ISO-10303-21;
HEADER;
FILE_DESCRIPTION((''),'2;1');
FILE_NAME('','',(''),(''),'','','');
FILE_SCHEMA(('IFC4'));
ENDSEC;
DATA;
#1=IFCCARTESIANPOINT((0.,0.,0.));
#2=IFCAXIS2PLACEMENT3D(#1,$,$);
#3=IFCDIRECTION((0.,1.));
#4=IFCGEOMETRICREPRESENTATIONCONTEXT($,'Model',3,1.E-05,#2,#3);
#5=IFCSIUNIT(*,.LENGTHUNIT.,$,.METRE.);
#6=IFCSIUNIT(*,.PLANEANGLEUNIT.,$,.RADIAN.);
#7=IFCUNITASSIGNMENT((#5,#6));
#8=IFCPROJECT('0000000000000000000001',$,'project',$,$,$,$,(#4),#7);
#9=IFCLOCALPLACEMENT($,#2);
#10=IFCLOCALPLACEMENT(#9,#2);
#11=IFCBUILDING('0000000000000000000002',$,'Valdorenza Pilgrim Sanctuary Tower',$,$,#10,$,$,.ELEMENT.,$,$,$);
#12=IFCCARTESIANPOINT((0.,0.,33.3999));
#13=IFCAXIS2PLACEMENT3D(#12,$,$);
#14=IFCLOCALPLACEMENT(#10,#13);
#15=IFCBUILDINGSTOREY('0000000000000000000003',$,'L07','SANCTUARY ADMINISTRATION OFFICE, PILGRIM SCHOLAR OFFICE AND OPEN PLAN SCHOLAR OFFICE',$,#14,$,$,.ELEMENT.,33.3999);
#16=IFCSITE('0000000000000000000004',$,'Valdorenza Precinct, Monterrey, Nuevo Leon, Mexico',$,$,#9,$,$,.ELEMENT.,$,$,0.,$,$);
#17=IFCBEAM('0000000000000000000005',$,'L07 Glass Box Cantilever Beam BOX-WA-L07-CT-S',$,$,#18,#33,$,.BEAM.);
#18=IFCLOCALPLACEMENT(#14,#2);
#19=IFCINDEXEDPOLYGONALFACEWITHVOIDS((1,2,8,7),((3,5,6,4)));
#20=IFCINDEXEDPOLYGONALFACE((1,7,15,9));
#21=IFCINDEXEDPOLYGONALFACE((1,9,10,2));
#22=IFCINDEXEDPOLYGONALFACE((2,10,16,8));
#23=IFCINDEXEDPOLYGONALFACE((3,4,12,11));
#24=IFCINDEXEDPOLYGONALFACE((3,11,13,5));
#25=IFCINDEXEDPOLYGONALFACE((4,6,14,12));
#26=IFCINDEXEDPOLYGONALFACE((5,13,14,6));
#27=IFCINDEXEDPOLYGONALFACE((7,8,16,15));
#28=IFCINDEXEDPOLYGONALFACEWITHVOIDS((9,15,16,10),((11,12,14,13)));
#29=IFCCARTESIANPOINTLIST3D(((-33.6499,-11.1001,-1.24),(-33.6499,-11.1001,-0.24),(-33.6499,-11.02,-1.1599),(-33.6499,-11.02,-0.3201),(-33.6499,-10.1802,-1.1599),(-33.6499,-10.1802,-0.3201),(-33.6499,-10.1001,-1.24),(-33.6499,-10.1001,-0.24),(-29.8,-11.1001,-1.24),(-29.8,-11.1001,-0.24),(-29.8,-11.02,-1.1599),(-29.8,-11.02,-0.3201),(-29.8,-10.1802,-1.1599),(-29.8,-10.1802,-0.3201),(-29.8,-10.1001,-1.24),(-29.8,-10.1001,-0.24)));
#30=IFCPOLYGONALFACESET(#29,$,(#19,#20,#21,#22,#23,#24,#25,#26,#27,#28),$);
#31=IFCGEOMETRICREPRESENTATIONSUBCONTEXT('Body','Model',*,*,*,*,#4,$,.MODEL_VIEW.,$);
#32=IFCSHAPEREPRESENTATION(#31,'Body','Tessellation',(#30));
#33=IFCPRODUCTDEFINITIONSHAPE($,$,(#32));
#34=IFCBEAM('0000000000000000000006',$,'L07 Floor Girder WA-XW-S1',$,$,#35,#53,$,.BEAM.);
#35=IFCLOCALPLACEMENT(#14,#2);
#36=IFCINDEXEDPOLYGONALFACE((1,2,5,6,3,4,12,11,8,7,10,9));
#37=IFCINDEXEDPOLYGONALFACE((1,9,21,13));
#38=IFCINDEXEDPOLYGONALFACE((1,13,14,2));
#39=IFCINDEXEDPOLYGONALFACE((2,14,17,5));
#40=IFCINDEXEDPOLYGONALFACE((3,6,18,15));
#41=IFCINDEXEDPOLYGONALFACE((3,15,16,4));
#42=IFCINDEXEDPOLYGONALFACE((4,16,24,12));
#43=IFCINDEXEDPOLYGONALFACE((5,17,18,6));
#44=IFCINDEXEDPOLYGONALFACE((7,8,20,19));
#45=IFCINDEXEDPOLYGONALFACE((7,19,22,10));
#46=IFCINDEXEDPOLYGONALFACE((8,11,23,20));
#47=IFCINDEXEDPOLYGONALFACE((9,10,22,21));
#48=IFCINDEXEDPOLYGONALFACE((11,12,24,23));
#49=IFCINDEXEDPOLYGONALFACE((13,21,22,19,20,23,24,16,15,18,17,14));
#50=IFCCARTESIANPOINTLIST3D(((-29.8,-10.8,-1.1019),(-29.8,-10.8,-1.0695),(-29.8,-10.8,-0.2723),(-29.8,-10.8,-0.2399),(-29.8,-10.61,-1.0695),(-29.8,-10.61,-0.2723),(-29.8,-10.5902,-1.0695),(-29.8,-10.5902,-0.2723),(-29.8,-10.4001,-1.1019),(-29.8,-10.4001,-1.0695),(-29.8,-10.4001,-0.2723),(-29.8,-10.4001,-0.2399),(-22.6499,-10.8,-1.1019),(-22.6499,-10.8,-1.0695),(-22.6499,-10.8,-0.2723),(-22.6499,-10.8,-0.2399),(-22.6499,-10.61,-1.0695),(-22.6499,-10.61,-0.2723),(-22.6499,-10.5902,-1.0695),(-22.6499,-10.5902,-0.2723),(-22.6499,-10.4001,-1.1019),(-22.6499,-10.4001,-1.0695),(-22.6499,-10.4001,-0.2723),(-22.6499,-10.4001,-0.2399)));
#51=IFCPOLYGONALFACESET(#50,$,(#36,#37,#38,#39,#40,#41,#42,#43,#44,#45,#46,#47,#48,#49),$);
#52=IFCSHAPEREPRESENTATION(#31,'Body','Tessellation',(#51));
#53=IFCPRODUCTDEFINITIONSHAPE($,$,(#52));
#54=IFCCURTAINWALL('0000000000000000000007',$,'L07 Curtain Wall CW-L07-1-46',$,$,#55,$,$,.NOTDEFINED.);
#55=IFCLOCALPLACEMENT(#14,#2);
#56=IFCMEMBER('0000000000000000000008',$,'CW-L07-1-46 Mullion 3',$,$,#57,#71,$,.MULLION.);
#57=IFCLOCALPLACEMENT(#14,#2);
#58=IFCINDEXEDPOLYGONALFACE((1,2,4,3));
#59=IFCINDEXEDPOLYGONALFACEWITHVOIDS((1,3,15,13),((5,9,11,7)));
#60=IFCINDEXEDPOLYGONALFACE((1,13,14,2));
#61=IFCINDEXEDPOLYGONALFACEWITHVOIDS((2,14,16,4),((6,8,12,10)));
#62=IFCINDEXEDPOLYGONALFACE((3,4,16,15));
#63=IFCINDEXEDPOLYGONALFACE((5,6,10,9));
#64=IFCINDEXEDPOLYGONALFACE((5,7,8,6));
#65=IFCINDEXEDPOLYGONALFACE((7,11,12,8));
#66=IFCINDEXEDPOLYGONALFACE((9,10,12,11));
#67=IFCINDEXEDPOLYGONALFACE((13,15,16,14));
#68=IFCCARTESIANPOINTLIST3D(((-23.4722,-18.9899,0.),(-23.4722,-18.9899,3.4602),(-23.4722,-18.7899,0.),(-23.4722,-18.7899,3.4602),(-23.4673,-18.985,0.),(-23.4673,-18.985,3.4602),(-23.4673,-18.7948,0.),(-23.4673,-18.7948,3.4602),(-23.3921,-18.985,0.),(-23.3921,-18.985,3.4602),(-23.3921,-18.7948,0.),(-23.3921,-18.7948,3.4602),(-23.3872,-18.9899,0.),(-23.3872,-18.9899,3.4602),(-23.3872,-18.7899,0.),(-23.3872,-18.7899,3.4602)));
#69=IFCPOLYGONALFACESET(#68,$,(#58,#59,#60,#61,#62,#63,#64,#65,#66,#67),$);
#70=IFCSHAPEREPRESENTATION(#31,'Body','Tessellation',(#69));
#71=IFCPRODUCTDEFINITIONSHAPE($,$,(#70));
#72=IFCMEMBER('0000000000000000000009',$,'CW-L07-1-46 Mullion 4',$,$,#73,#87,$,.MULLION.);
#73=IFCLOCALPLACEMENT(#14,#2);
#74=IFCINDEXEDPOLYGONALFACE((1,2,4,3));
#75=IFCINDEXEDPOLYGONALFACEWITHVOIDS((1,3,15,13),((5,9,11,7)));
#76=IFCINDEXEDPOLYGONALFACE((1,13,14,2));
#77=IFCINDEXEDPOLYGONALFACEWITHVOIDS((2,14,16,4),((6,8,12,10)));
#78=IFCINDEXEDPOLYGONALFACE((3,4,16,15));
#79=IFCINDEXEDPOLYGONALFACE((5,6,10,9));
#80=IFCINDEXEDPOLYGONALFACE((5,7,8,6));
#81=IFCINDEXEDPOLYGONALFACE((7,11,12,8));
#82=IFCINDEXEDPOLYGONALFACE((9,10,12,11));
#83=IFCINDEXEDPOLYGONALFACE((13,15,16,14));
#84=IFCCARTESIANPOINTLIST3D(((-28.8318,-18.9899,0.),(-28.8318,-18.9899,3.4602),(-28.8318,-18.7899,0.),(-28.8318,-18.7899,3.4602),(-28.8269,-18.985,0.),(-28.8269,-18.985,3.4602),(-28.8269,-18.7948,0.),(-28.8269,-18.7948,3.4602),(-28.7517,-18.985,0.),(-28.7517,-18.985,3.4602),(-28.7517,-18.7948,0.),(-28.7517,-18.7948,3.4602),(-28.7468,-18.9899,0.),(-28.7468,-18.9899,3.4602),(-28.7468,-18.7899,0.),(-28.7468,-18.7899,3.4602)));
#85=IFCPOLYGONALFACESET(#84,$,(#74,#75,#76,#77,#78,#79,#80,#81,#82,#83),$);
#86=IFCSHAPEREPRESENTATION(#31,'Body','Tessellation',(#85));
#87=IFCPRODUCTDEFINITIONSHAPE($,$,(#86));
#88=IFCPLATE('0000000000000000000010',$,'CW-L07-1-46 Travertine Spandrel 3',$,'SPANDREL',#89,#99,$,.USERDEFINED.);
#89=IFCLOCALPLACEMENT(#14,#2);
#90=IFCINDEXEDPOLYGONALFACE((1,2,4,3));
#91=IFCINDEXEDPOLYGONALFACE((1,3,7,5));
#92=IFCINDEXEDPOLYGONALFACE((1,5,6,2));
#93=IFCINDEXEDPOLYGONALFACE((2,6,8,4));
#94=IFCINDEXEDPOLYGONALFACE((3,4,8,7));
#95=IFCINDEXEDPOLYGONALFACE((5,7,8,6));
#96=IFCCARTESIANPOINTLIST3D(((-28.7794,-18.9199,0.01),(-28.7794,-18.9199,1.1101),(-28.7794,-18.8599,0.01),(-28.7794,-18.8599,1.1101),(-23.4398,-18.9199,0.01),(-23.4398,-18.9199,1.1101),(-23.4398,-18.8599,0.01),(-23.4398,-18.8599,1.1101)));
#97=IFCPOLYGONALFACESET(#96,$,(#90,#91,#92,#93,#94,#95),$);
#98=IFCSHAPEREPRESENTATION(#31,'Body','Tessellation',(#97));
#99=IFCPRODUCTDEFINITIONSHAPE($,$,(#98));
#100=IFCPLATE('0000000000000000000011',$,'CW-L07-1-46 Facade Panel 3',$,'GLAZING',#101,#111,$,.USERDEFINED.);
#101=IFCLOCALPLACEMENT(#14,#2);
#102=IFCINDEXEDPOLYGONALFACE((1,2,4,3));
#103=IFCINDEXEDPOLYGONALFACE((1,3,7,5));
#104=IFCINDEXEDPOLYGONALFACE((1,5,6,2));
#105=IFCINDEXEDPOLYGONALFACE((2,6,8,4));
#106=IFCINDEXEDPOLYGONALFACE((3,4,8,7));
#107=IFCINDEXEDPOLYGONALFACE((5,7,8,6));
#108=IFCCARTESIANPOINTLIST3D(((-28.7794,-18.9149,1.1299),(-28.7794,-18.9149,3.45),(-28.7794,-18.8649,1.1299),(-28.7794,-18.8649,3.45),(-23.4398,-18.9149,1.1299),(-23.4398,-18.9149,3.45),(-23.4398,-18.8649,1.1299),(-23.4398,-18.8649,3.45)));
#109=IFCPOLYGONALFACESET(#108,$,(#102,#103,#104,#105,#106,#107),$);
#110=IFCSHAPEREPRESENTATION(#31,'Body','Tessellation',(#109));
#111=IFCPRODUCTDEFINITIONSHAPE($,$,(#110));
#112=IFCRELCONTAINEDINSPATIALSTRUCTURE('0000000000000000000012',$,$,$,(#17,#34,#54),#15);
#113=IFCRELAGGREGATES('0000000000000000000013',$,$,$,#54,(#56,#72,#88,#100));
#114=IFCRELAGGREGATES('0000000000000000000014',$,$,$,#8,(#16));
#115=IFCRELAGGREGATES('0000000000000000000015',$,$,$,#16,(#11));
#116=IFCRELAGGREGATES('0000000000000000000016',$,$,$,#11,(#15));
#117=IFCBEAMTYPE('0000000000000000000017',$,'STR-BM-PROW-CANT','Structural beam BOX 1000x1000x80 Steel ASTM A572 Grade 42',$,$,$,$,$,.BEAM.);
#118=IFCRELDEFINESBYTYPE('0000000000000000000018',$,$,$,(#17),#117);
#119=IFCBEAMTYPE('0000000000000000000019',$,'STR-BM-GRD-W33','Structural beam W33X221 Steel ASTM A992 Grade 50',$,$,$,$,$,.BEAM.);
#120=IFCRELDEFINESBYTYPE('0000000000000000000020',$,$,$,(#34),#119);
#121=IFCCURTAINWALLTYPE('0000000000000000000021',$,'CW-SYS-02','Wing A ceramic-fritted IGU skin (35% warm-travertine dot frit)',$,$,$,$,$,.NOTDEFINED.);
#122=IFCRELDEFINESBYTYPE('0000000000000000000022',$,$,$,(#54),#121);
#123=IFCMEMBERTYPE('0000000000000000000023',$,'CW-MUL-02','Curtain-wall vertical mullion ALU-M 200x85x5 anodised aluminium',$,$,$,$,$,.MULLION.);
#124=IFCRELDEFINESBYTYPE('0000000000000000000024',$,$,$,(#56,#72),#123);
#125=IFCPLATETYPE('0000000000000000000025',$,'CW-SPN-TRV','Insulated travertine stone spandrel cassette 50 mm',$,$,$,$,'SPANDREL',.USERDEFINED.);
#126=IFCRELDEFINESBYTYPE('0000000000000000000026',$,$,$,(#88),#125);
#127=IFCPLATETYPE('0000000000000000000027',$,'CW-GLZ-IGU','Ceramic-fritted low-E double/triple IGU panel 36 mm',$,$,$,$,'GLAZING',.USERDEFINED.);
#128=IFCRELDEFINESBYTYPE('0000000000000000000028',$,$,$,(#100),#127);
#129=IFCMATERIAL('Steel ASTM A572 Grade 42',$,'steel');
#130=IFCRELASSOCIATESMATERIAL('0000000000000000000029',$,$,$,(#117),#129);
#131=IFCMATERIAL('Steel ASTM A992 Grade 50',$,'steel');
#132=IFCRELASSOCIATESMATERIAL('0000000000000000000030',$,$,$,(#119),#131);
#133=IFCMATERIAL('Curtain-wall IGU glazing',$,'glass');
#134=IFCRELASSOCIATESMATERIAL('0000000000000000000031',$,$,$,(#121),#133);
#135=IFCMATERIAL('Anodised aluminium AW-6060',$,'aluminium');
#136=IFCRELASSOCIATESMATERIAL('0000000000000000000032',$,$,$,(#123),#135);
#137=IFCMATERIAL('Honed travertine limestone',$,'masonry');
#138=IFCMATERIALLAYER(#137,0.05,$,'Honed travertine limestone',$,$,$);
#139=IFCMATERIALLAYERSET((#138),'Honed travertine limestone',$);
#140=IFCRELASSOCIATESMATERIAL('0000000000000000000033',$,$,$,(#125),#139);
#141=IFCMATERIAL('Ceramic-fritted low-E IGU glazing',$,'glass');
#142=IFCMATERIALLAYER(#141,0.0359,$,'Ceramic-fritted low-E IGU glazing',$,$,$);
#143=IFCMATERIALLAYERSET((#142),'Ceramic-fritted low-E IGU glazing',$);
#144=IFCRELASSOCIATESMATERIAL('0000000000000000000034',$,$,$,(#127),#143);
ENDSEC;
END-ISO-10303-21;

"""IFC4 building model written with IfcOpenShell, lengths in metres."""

from ifc_helpers import new_model, si_unit, direction, frame, origin, origin_2d, place, context, subcontext, project, spatial, rectangle, hollow_rectangle, i_section, extrude, source, transform, mapped, material, layer, layer_set, material_profile, profile_set, type_object, element, aggregate, save


model = new_model("IFC4")

# Units and contexts
model_context = context("Model", 3, precision=1e-05, world=origin(), true_north=direction((0.0, 1.0)))
body_context = subcontext(model_context, "Body", "Model", "MODEL_VIEW")
ifc_project = project(units=[si_unit("LENGTHUNIT", "METRE"), si_unit("PLANEANGLEUNIT", "RADIAN")], contexts=[model_context])

# Site, building, storey
site_placement = place(None, origin())
site = spatial("IfcSite", under=ifc_project, at=site_placement, Name="Valdorenza Precinct, Monterrey, Nuevo Leon, Mexico", CompositionType="ELEMENT", RefElevation=0.0)
building_placement = place(site_placement, origin())
building = spatial("IfcBuilding", under=site, at=building_placement, Name="Valdorenza Pilgrim Sanctuary Tower", CompositionType="ELEMENT")
storey_placement = place(building_placement, frame((0.0, 0.0, 33.3999)))
storey = spatial("IfcBuildingStorey", under=building, at=storey_placement, Name="L07", Description="SANCTUARY ADMINISTRATION OFFICE, PILGRIM SCHOLAR OFFICE AND OPEN PLAN SCHOLAR OFFICE", CompositionType="ELEMENT", Elevation=33.3999)

# Shared definitions
ifc_material_1 = material(Name="Steel ASTM A992 Grade 50", Category="steel")

# Beams
ifc_material_2 = material(Name="Steel ASTM A572 Grade 42", Category="steel")
ifc_material_profile_1 = material_profile(ifc_material_2, hollow_rectangle(XDim=1.0, YDim=1.0, WallThickness=0.0801, at=origin_2d()), Name="BOX 1000x1000x80")
ifc_profile_set_1 = profile_set([ifc_material_profile_1], Name="Steel ASTM A572 Grade 42")
beam_type_1 = type_object("IfcBeamType", Name="STR-BM-PROW-CANT", Description="Structural beam BOX 1000x1000x80 Steel ASTM A572 Grade 42", PredefinedType="BEAM", material=ifc_profile_set_1)
shared_shape_1 = source(origin(), body_context, "Body", "SweptSolid", [
    extrude(hollow_rectangle(XDim=1.0, YDim=1.0, WallThickness=0.0801, at=origin_2d()), origin(), (0.0, 0.0, 1.0), 3.8499),
])
beam_1_placement = place(storey_placement, frame((-29.8, -10.6001, -0.74), z_axis=(-1.0, 0.0, 0.0), x_axis=(0.0, -1.0, 0.0)))
element("IfcBeam", 1, at=beam_1_placement, inside=storey, type_object=beam_type_1, Name="L07 Glass Box Cantilever Beam BOX-WA-L07-CT-S", PredefinedType="BEAM", context=body_context, shape_type="MappedRepresentation", body=[
    mapped(shared_shape_1, transform((0.0, 0.0, 0.0), x_axis=(1.0, 0.0, 0.0), y_axis=(0.0, 1.0, 0.0), z_axis=(0.0, 0.0, 1.0), scale=1.0)),
])
ifc_material_profile_2 = material_profile(ifc_material_1, i_section(OverallWidth=0.3999, OverallDepth=0.8621, WebThickness=0.0198, FlangeThickness=0.0325, at=origin_2d()), Name="W33X221")
ifc_profile_set_2 = profile_set([ifc_material_profile_2], Name="Steel ASTM A992 Grade 50")
beam_type_2 = type_object("IfcBeamType", Name="STR-BM-GRD-W33", Description="Structural beam W33X221 Steel ASTM A992 Grade 50", PredefinedType="BEAM", material=ifc_profile_set_2)
shared_shape_2 = source(origin(), body_context, "Body", "SweptSolid", [
    extrude(i_section(OverallWidth=0.3999, OverallDepth=0.8621, WebThickness=0.0198, FlangeThickness=0.0325, at=origin_2d()), origin(), (0.0, 0.0, 1.0), 7.1501),
])
beam_2_placement = place(storey_placement, frame((-29.8, -10.6001, -0.6709), z_axis=(1.0, 0.0, 0.0), x_axis=(0.0, 1.0, 0.0)))
element("IfcBeam", 2, at=beam_2_placement, inside=storey, type_object=beam_type_2, Name="L07 Floor Girder WA-XW-S1", PredefinedType="BEAM", context=body_context, shape_type="MappedRepresentation", body=[
    mapped(shared_shape_2, transform((0.0, 0.0, 0.0), x_axis=(1.0, 0.0, 0.0), y_axis=(0.0, 1.0, 0.0), z_axis=(0.0, 0.0, 1.0), scale=1.0)),
])

# Curtain wall, members, plates
ifc_material_3 = material(Name="Curtain-wall IGU glazing", Category="glass")
curtain_wall_type = type_object("IfcCurtainWallType", Name="CW-SYS-02", Description="Wing A ceramic-fritted IGU skin (35% warm-travertine dot frit)", PredefinedType="NOTDEFINED", material=ifc_material_3)
curtain_wall_placement = place(storey_placement, origin())
curtain_wall = element("IfcCurtainWall", 3, at=curtain_wall_placement, inside=storey, type_object=curtain_wall_type, Name="L07 Curtain Wall CW-L07-1-46", PredefinedType="NOTDEFINED")
ifc_material_4 = material(Name="Anodised aluminium AW-6060", Category="aluminium")
ifc_material_profile_3 = material_profile(ifc_material_4, hollow_rectangle(XDim=0.085, YDim=0.2, WallThickness=0.0049, at=origin_2d()), Name="ALU-M 200x85x5")
ifc_profile_set_3 = profile_set([ifc_material_profile_3], Name="Anodised aluminium AW-6060")
member_type = type_object("IfcMemberType", Name="CW-MUL-02", Description="Curtain-wall vertical mullion ALU-M 200x85x5 anodised aluminium", PredefinedType="MULLION", material=ifc_profile_set_3)
shared_shape_3 = source(origin(), body_context, "Body", "SweptSolid", [
    extrude(hollow_rectangle(XDim=0.085, YDim=0.2, WallThickness=0.0049, at=origin_2d()), origin(), (0.0, 0.0, 1.0), 3.4602),
])
member_1_placement = place(storey_placement, frame((-23.4297, -18.8899, 0.0), z_axis=(0.0, 0.0, 1.0), x_axis=(-1.0, 0.0, 0.0)))
member_1 = element("IfcMember", 4, at=member_1_placement, type_object=member_type, Name="CW-L07-1-46 Mullion 3", PredefinedType="MULLION", context=body_context, shape_type="MappedRepresentation", body=[
    mapped(shared_shape_3, transform((0.0, 0.0, 0.0), x_axis=(1.0, 0.0, 0.0), y_axis=(0.0, 1.0, 0.0), z_axis=(0.0, 0.0, 1.0), scale=1.0)),
])
member_2_placement = place(storey_placement, frame((-28.7893, -18.8899, 0.0), z_axis=(0.0, 0.0, 1.0), x_axis=(-1.0, 0.0, 0.0)))
member_2 = element("IfcMember", 5, at=member_2_placement, type_object=member_type, Name="CW-L07-1-46 Mullion 4", PredefinedType="MULLION", context=body_context, shape_type="MappedRepresentation", body=[
    mapped(shared_shape_3, transform((0.0, 0.0, 0.0), x_axis=(1.0, 0.0, 0.0), y_axis=(0.0, 1.0, 0.0), z_axis=(0.0, 0.0, 1.0), scale=1.0)),
])
ifc_material_5 = material(Name="Honed travertine limestone", Category="masonry")
ifc_layer_1 = layer(ifc_material_5, 0.05, Name="Honed travertine limestone")
ifc_layer_set_1 = layer_set([ifc_layer_1], Name="Honed travertine limestone")
plate_type_1 = type_object("IfcPlateType", Name="CW-SPN-TRV", Description="Insulated travertine stone spandrel cassette 50 mm", ElementType="SPANDREL", PredefinedType="USERDEFINED", material=ifc_layer_set_1)
shared_shape_4 = source(origin(), body_context, "Body", "SweptSolid", [
    extrude(rectangle(XDim=5.3396, YDim=0.0601, at=origin_2d()), origin(), (0.0, 0.0, 1.0), 1.1001),
])
plate_1_placement = place(storey_placement, frame((-26.1096, -18.8899, 0.01), z_axis=(0.0, 0.0, 1.0), x_axis=(-1.0, 0.0, 0.0)))
plate_1 = element("IfcPlate", 6, at=plate_1_placement, type_object=plate_type_1, Name="CW-L07-1-46 Travertine Spandrel 3", ObjectType="SPANDREL", PredefinedType="USERDEFINED", context=body_context, shape_type="MappedRepresentation", body=[
    mapped(shared_shape_4, transform((0.0, 0.0, 0.0), x_axis=(1.0, 0.0, 0.0), y_axis=(0.0, 1.0, 0.0), z_axis=(0.0, 0.0, 1.0), scale=1.0)),
])
ifc_material_6 = material(Name="Ceramic-fritted low-E IGU glazing", Category="glass")
ifc_layer_2 = layer(ifc_material_6, 0.0359, Name="Ceramic-fritted low-E IGU glazing")
ifc_layer_set_2 = layer_set([ifc_layer_2], Name="Ceramic-fritted low-E IGU glazing")
plate_type_2 = type_object("IfcPlateType", Name="CW-GLZ-IGU", Description="Ceramic-fritted low-E double/triple IGU panel 36 mm", ElementType="GLAZING", PredefinedType="USERDEFINED", material=ifc_layer_set_2)
shared_shape_5 = source(origin(), body_context, "Body", "SweptSolid", [
    extrude(rectangle(XDim=5.3396, YDim=0.05, at=origin_2d()), origin(), (0.0, 0.0, 1.0), 2.3201),
])
plate_2_placement = place(storey_placement, frame((-26.1096, -18.8899, 1.1299), z_axis=(0.0, 0.0, 1.0), x_axis=(-1.0, 0.0, 0.0)))
plate_2 = element("IfcPlate", 7, at=plate_2_placement, type_object=plate_type_2, Name="CW-L07-1-46 Facade Panel 3", ObjectType="GLAZING", PredefinedType="USERDEFINED", context=body_context, shape_type="MappedRepresentation", body=[
    mapped(shared_shape_5, transform((0.0, 0.0, 0.0), x_axis=(1.0, 0.0, 0.0), y_axis=(0.0, 1.0, 0.0), z_axis=(0.0, 0.0, 1.0), scale=1.0)),
])
aggregate(curtain_wall, [member_1, member_2, plate_1, plate_2])

save(model, "model.ifc")
